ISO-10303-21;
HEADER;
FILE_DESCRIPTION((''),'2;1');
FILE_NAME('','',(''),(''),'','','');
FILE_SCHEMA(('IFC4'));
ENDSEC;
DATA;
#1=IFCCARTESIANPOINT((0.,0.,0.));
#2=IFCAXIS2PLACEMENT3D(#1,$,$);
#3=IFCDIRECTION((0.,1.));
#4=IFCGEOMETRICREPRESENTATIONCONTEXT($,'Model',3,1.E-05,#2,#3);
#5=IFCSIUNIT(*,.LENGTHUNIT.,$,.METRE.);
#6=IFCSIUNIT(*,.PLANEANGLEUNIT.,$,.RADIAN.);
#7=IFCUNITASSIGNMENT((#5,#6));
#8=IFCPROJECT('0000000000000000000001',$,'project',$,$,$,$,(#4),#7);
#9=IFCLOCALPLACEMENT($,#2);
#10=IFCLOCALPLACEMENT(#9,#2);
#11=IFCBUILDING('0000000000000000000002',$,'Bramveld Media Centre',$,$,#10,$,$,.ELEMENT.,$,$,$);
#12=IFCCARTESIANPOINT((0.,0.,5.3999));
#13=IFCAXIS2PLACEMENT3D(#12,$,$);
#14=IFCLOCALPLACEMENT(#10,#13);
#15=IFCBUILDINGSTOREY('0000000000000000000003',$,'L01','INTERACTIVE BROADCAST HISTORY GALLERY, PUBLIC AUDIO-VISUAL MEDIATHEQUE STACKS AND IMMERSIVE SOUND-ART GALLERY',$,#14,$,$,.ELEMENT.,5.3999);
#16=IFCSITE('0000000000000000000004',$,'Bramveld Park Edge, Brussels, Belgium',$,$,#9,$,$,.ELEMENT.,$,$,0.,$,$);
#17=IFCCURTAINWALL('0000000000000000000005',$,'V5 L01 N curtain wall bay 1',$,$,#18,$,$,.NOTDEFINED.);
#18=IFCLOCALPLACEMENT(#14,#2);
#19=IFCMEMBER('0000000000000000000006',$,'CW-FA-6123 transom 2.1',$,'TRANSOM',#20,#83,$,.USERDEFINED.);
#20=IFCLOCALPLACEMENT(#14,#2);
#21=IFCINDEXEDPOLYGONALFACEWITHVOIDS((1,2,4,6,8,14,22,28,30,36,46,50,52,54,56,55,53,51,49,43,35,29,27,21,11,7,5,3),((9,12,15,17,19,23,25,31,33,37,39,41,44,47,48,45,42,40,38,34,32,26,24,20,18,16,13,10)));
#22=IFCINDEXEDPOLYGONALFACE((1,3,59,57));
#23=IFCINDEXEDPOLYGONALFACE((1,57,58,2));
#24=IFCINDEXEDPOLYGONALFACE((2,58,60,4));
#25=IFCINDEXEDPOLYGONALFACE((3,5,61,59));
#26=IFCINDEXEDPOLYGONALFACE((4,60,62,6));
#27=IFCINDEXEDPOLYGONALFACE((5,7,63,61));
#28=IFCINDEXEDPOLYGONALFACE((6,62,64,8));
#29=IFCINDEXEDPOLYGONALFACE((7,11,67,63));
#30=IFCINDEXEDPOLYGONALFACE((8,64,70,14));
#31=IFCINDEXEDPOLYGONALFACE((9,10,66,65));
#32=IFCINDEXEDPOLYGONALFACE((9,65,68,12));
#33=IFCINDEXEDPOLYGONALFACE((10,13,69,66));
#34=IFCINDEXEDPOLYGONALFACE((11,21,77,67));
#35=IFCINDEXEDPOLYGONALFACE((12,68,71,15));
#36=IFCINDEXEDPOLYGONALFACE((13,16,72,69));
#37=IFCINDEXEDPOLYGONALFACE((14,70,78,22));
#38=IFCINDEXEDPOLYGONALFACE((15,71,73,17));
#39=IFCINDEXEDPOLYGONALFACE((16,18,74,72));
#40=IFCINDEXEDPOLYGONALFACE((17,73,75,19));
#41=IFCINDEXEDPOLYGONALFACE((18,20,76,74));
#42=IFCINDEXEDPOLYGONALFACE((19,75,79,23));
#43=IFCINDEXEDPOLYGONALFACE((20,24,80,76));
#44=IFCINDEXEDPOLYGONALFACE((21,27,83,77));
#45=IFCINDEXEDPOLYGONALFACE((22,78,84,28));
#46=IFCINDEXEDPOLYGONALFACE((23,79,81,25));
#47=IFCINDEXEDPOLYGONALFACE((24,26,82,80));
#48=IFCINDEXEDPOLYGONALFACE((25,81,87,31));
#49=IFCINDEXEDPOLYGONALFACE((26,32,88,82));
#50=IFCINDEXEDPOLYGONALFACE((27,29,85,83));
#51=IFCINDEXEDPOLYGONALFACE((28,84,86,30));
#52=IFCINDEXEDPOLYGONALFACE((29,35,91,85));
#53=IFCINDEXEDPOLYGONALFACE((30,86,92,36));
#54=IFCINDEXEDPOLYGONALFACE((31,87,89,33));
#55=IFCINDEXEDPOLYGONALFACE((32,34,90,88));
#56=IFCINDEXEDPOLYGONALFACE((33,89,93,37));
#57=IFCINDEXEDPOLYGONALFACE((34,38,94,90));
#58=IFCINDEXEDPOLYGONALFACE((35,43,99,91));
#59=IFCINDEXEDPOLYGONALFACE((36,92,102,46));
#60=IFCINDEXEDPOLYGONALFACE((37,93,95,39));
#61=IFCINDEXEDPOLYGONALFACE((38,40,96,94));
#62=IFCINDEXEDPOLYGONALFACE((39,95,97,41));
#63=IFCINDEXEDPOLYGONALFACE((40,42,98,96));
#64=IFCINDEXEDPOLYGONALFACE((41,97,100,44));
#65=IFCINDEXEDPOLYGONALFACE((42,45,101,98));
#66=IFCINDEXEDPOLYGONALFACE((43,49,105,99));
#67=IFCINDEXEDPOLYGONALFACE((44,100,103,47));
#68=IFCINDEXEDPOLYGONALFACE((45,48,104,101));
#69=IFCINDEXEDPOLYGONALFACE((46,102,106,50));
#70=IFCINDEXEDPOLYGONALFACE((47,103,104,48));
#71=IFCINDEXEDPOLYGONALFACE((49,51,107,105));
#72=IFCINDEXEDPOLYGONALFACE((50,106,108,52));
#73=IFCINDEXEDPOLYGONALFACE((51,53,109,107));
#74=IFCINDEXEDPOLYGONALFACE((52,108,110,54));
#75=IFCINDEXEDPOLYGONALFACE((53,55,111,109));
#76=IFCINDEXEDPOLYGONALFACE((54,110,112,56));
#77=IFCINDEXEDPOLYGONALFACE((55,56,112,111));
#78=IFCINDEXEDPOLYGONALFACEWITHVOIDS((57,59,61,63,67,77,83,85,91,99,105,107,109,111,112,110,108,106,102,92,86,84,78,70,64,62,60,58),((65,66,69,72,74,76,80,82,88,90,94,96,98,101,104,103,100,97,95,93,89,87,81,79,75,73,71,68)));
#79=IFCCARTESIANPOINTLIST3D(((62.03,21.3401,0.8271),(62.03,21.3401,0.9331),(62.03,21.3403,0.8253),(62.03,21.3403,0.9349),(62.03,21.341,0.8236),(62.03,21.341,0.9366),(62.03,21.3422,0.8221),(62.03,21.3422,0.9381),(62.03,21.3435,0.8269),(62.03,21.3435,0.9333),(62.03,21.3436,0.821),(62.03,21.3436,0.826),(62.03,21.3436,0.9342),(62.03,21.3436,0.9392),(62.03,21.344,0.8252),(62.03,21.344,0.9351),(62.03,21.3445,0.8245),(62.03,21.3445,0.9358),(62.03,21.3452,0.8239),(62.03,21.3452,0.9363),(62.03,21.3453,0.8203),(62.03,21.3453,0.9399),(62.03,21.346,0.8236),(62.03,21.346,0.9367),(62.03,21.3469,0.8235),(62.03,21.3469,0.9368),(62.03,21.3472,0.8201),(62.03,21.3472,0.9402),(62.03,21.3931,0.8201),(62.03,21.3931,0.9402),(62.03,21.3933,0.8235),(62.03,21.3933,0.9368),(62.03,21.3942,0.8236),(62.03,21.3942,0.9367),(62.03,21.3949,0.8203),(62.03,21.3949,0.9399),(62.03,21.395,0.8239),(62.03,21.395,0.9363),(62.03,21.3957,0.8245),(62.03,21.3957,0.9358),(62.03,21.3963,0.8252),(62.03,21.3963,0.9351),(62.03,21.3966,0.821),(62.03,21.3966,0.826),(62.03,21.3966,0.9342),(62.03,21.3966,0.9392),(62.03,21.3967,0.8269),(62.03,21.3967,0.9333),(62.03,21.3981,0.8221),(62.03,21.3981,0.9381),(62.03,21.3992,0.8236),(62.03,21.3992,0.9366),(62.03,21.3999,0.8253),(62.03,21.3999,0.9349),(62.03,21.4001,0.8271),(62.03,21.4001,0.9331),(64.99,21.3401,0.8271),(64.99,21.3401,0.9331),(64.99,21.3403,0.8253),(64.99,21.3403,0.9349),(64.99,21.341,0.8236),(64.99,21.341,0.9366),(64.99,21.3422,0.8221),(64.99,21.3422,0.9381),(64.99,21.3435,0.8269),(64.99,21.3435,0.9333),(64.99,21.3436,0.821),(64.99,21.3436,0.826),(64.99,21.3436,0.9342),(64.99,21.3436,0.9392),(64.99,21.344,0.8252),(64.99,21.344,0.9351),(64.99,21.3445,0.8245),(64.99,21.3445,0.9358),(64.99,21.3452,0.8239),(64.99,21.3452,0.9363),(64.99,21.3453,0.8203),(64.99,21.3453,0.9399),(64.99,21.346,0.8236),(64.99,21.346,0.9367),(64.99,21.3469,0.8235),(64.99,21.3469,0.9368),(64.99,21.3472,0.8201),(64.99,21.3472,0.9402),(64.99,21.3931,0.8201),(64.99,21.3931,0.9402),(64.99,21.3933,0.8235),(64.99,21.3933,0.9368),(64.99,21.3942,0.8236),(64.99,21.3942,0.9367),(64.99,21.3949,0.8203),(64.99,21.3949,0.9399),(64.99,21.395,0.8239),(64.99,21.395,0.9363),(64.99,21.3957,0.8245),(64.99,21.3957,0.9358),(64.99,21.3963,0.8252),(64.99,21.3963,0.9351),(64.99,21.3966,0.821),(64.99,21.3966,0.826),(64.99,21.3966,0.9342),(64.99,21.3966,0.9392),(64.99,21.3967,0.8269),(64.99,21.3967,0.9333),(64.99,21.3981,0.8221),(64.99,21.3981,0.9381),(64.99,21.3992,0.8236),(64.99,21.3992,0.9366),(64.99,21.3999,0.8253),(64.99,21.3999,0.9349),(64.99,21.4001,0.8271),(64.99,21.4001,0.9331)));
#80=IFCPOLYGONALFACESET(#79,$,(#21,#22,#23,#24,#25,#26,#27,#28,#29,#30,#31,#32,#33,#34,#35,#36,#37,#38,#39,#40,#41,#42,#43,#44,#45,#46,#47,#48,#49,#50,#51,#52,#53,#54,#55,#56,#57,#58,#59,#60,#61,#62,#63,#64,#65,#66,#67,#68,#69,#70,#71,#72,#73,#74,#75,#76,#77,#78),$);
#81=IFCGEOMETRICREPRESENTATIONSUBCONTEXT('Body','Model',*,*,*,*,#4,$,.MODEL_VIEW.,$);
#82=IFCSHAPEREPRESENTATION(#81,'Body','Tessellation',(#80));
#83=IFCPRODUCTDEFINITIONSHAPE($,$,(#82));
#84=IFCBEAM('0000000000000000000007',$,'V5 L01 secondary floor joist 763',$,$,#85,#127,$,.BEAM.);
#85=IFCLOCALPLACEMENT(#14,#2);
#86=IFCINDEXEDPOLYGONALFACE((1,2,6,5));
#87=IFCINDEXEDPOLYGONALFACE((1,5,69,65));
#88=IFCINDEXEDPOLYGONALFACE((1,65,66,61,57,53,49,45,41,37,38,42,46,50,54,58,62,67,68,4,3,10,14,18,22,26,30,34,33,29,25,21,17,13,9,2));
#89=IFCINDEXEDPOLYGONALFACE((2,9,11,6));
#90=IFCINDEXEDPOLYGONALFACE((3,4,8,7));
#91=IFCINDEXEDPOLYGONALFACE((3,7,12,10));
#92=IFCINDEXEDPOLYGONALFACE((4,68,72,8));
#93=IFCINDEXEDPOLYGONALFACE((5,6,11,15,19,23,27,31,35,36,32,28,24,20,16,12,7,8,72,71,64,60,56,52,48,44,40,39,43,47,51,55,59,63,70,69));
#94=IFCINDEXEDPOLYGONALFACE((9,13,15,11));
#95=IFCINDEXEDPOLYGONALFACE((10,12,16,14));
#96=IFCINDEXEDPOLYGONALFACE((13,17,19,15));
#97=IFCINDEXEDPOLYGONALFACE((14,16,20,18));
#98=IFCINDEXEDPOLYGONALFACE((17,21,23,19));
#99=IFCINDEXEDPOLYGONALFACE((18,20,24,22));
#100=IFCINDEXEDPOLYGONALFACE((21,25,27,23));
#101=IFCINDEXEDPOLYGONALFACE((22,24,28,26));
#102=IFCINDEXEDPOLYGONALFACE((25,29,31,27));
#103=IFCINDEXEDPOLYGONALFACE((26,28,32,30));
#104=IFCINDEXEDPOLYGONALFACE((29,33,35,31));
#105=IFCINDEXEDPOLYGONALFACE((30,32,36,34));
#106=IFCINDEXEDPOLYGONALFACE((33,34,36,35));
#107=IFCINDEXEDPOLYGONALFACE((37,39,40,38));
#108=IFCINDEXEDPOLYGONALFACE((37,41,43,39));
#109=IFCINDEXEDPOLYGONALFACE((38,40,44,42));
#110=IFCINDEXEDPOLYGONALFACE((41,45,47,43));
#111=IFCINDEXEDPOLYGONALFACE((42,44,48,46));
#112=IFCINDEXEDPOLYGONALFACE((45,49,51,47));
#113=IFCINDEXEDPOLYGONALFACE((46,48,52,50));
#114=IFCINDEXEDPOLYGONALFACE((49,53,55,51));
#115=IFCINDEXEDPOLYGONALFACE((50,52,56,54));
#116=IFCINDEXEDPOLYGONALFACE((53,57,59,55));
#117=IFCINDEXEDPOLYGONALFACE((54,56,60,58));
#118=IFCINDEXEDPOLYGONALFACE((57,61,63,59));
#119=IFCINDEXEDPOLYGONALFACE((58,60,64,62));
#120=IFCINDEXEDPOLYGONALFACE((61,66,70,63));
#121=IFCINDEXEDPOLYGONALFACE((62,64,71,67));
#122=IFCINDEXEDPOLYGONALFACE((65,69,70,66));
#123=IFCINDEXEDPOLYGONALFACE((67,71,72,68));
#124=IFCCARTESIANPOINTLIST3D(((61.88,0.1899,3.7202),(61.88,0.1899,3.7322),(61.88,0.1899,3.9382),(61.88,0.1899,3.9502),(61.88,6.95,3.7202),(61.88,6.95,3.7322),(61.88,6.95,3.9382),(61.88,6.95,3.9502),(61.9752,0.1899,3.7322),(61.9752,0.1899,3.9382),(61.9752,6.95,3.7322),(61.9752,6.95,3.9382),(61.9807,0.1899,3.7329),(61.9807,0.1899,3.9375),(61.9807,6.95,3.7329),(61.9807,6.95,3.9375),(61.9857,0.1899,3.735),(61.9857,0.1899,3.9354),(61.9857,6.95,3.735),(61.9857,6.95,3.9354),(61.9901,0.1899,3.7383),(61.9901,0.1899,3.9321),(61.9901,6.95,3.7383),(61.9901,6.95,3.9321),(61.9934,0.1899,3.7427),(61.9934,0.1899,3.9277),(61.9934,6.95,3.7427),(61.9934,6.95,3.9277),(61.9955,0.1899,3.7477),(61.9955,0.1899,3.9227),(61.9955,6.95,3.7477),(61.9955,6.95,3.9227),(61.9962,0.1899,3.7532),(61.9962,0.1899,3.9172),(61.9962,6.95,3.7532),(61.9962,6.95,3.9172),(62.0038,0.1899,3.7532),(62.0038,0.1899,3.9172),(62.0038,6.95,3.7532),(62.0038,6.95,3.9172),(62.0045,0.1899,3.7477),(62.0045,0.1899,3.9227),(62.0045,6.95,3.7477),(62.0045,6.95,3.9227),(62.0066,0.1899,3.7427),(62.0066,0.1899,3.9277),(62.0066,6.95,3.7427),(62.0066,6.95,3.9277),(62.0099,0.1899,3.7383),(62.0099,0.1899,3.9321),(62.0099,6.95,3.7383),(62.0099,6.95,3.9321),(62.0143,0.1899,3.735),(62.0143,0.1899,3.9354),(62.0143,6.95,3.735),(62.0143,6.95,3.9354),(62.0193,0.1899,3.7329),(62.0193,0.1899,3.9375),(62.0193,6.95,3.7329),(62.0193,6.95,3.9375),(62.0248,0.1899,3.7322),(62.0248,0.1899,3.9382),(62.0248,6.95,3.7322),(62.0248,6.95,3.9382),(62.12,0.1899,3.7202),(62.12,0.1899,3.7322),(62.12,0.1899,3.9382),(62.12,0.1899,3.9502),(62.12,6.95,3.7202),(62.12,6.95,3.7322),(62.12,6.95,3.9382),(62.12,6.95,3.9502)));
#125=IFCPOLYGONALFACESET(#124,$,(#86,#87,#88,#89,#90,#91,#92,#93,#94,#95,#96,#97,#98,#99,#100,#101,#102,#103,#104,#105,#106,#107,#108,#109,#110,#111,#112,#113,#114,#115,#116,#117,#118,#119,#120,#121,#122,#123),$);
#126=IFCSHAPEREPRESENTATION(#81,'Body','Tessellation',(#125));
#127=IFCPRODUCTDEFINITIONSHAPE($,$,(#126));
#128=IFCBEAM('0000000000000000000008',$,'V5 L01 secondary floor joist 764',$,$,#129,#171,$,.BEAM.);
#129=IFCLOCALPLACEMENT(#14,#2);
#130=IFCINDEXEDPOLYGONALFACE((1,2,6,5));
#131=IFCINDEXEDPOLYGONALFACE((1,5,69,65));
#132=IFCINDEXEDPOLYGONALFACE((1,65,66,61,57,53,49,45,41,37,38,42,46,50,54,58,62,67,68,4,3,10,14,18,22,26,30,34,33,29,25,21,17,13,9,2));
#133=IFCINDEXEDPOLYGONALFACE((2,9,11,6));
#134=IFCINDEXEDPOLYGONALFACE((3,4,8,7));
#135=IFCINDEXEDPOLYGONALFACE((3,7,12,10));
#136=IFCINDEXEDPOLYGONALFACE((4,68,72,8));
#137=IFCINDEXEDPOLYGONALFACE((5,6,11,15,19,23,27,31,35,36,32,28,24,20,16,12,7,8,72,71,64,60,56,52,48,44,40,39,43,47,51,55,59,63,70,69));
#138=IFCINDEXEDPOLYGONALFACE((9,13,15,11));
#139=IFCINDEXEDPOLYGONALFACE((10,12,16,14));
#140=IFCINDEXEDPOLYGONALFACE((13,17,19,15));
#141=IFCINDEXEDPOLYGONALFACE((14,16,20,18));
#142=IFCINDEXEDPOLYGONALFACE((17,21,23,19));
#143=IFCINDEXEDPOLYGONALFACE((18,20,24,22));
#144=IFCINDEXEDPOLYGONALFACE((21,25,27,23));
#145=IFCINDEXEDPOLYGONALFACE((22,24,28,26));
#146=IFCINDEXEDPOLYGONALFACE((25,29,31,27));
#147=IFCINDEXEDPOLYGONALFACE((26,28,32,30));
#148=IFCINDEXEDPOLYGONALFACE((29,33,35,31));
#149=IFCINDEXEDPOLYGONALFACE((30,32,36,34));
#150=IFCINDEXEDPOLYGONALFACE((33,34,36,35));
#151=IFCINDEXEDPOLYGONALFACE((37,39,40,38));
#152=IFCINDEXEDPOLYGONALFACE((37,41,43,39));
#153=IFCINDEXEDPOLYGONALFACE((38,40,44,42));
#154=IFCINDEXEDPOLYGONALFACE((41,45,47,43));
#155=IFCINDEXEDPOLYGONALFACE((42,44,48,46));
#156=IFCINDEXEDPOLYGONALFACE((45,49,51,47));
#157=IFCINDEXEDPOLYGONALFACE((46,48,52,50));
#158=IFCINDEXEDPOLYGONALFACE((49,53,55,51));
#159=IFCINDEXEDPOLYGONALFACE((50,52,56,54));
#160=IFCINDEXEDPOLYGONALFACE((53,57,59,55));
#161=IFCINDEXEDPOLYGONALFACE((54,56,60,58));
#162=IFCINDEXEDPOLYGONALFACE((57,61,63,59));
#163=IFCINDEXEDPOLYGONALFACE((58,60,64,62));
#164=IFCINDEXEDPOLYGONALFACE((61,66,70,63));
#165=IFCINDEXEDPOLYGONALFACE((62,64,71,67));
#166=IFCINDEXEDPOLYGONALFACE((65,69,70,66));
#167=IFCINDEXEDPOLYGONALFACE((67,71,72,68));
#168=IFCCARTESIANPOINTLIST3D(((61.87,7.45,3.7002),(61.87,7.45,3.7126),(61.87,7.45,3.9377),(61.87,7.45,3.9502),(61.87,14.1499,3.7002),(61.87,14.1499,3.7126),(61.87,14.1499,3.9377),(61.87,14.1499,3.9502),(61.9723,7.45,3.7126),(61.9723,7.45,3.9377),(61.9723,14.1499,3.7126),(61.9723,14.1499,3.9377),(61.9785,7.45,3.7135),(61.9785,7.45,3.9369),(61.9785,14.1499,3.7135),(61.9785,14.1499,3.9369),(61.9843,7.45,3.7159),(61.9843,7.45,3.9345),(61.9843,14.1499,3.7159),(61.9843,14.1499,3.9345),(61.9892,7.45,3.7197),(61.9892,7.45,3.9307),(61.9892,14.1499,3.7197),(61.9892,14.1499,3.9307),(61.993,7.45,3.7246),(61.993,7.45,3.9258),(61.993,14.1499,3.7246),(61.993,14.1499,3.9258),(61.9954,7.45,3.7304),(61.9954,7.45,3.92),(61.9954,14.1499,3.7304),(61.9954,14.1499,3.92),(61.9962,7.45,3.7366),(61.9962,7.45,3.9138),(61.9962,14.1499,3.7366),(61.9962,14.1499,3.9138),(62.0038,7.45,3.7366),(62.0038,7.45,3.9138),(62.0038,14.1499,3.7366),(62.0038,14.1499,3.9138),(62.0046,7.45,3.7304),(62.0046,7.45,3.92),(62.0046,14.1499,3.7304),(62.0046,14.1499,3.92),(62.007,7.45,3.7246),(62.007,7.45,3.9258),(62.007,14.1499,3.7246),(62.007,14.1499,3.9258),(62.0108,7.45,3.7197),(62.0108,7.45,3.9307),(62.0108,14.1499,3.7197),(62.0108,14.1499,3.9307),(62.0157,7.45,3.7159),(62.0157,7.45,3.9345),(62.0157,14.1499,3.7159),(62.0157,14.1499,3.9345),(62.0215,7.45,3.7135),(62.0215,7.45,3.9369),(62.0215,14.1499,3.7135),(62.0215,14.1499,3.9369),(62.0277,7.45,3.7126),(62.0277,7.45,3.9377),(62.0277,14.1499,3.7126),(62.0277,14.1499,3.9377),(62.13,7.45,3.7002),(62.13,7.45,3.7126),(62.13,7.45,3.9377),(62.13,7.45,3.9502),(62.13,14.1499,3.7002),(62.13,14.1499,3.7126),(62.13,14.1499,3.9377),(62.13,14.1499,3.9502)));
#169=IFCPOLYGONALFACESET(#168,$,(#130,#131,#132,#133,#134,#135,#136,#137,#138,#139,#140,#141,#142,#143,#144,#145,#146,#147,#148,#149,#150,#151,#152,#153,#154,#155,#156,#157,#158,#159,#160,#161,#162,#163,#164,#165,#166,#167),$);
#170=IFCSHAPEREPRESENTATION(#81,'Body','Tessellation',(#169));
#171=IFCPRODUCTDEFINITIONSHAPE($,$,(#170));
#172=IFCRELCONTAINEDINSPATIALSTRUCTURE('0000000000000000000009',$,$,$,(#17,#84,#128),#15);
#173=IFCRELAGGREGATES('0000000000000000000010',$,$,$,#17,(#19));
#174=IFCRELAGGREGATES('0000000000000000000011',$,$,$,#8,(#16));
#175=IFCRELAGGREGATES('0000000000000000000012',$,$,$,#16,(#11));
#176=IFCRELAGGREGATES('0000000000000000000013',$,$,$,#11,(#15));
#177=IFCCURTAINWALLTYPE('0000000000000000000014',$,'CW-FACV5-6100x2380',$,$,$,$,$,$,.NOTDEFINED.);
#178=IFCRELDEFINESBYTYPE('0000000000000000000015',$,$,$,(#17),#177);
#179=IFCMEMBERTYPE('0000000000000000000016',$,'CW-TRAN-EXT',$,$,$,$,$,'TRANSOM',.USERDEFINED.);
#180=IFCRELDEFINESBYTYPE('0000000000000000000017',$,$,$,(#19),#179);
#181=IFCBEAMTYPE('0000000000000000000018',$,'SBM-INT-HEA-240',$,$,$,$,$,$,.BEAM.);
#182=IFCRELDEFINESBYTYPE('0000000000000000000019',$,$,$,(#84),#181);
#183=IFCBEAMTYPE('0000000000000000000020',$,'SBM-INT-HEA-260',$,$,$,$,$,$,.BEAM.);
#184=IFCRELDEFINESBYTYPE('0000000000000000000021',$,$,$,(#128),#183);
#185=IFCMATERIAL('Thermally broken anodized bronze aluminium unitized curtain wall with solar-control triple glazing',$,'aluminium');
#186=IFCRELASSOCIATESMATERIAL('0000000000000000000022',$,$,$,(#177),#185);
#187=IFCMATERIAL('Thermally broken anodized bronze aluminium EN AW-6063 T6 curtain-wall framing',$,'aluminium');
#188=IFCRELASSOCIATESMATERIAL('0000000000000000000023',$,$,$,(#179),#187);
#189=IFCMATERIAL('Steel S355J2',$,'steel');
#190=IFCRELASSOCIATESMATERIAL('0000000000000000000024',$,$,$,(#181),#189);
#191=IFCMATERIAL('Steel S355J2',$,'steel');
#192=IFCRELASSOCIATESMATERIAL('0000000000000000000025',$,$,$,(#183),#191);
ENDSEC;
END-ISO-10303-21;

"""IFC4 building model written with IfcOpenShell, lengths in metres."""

from ifc_helpers import new_model, si_unit, direction, frame, origin, origin_2d, place, context, subcontext, project, spatial, hollow_rectangle, i_section, extrude, material, material_profile, profile_set, type_object, element, aggregate, save


model = new_model("IFC4")

# Units and contexts
model_context = context("Model", 3, precision=1e-05, world=origin(), true_north=direction((0.0, 1.0)))
body_context = subcontext(model_context, "Body", "Model", "MODEL_VIEW")
ifc_project = project(units=[si_unit("LENGTHUNIT", "METRE"), si_unit("PLANEANGLEUNIT", "RADIAN")], contexts=[model_context])

# Site, building, storey
site_placement = place(None, origin())
site = spatial("IfcSite", under=ifc_project, at=site_placement, Name="Bramveld Park Edge, Brussels, Belgium", CompositionType="ELEMENT", RefElevation=0.0)
building_placement = place(site_placement, origin())
building = spatial("IfcBuilding", under=site, at=building_placement, Name="Bramveld Media Centre", CompositionType="ELEMENT")
storey_placement = place(building_placement, frame((0.0, 0.0, 5.3999)))
storey = spatial("IfcBuildingStorey", under=building, at=storey_placement, Name="L01", Description="INTERACTIVE BROADCAST HISTORY GALLERY, PUBLIC AUDIO-VISUAL MEDIATHEQUE STACKS AND IMMERSIVE SOUND-ART GALLERY", CompositionType="ELEMENT", Elevation=5.3999)

# Curtain wall, member
ifc_material_1 = material(Name="Thermally broken anodized bronze aluminium unitized curtain wall with solar-control triple glazing", Category="aluminium")
curtain_wall_type = type_object("IfcCurtainWallType", Name="CW-FACV5-6100x2380", PredefinedType="NOTDEFINED", material=ifc_material_1)
curtain_wall_placement = place(storey_placement, origin())
curtain_wall = element("IfcCurtainWall", 1, at=curtain_wall_placement, inside=storey, type_object=curtain_wall_type, Name="V5 L01 N curtain wall bay 1", PredefinedType="NOTDEFINED")
ifc_material_2 = material(Name="Thermally broken anodized bronze aluminium EN AW-6063 T6 curtain-wall framing", Category="aluminium")
ifc_material_profile_1 = material_profile(ifc_material_2, hollow_rectangle(XDim=0.0601, YDim=0.1201, WallThickness=0.0034, InnerFilletRadius=0.0034, OuterFilletRadius=0.0071, at=origin_2d()), Name="AL-TRAN 60x120")
ifc_profile_set_1 = profile_set([ifc_material_profile_1], Name="Thermally broken anodized bronze aluminium EN AW-6063 T6 curtain-wall framing")
member_type_1 = type_object("IfcMemberType", Name="CW-TRAN-EXT", ElementType="TRANSOM", PredefinedType="USERDEFINED", material=ifc_profile_set_1)
member_1_placement = place(storey_placement, frame((62.03, 21.3701, 0.8801), z_axis=(1.0, 0.0, 0.0), x_axis=(0.0, 1.0, 0.0)))
member_1 = element("IfcMember", 2, at=member_1_placement, type_object=member_type_1, Name="CW-FA-6123 transom 2.1", ObjectType="TRANSOM", PredefinedType="USERDEFINED", context=body_context, shape_type="SweptSolid", body=[
    extrude(hollow_rectangle(XDim=0.0601, YDim=0.1201, WallThickness=0.0034, InnerFilletRadius=0.0034, OuterFilletRadius=0.0071, at=origin_2d()), origin(), (0.0, 0.0, 1.0), 2.96),
])

# Beams
ifc_material_3 = material(Name="Steel S355J2", Category="steel")
ifc_material_profile_2 = material_profile(ifc_material_3, i_section(OverallWidth=0.24, OverallDepth=0.23, WebThickness=0.0076, FlangeThickness=0.012, FilletRadius=0.021, at=origin_2d()), Name="HEA 240")
ifc_profile_set_2 = profile_set([ifc_material_profile_2], Name="Steel S355J2")
beam_type_1 = type_object("IfcBeamType", Name="SBM-INT-HEA-240", PredefinedType="BEAM", material=ifc_profile_set_2)
beam_1_placement = place(storey_placement, frame((62.0, 0.1899, 3.8352), z_axis=(0.0, 1.0, 0.0), x_axis=(-1.0, 0.0, 0.0)))
element("IfcBeam", 3, at=beam_1_placement, inside=storey, type_object=beam_type_1, Name="V5 L01 secondary floor joist 763", PredefinedType="BEAM", context=body_context, shape_type="SweptSolid", body=[
    extrude(i_section(OverallWidth=0.24, OverallDepth=0.23, WebThickness=0.0076, FlangeThickness=0.012, FilletRadius=0.021, at=origin_2d()), origin(), (0.0, 0.0, 1.0), 6.76),
])
ifc_material_4 = material(Name="Steel S355J2", Category="steel")
ifc_material_profile_3 = material_profile(ifc_material_4, i_section(OverallWidth=0.26, OverallDepth=0.25, WebThickness=0.0076, FlangeThickness=0.0125, FilletRadius=0.0239, at=origin_2d()), Name="HEA 260")
ifc_profile_set_3 = profile_set([ifc_material_profile_3], Name="Steel S355J2")
beam_type_2 = type_object("IfcBeamType", Name="SBM-INT-HEA-260", PredefinedType="BEAM", material=ifc_profile_set_3)
beam_2_placement = place(storey_placement, frame((62.0, 7.45, 3.8252), z_axis=(0.0, 1.0, 0.0), x_axis=(-1.0, 0.0, 0.0)))
element("IfcBeam", 4, at=beam_2_placement, inside=storey, type_object=beam_type_2, Name="V5 L01 secondary floor joist 764", PredefinedType="BEAM", context=body_context, shape_type="SweptSolid", body=[
    extrude(i_section(OverallWidth=0.26, OverallDepth=0.25, WebThickness=0.0076, FlangeThickness=0.0125, FilletRadius=0.0239, at=origin_2d()), origin(), (0.0, 0.0, 1.0), 6.7),
])

aggregate(curtain_wall, [member_1])

save(model, "model.ifc")
